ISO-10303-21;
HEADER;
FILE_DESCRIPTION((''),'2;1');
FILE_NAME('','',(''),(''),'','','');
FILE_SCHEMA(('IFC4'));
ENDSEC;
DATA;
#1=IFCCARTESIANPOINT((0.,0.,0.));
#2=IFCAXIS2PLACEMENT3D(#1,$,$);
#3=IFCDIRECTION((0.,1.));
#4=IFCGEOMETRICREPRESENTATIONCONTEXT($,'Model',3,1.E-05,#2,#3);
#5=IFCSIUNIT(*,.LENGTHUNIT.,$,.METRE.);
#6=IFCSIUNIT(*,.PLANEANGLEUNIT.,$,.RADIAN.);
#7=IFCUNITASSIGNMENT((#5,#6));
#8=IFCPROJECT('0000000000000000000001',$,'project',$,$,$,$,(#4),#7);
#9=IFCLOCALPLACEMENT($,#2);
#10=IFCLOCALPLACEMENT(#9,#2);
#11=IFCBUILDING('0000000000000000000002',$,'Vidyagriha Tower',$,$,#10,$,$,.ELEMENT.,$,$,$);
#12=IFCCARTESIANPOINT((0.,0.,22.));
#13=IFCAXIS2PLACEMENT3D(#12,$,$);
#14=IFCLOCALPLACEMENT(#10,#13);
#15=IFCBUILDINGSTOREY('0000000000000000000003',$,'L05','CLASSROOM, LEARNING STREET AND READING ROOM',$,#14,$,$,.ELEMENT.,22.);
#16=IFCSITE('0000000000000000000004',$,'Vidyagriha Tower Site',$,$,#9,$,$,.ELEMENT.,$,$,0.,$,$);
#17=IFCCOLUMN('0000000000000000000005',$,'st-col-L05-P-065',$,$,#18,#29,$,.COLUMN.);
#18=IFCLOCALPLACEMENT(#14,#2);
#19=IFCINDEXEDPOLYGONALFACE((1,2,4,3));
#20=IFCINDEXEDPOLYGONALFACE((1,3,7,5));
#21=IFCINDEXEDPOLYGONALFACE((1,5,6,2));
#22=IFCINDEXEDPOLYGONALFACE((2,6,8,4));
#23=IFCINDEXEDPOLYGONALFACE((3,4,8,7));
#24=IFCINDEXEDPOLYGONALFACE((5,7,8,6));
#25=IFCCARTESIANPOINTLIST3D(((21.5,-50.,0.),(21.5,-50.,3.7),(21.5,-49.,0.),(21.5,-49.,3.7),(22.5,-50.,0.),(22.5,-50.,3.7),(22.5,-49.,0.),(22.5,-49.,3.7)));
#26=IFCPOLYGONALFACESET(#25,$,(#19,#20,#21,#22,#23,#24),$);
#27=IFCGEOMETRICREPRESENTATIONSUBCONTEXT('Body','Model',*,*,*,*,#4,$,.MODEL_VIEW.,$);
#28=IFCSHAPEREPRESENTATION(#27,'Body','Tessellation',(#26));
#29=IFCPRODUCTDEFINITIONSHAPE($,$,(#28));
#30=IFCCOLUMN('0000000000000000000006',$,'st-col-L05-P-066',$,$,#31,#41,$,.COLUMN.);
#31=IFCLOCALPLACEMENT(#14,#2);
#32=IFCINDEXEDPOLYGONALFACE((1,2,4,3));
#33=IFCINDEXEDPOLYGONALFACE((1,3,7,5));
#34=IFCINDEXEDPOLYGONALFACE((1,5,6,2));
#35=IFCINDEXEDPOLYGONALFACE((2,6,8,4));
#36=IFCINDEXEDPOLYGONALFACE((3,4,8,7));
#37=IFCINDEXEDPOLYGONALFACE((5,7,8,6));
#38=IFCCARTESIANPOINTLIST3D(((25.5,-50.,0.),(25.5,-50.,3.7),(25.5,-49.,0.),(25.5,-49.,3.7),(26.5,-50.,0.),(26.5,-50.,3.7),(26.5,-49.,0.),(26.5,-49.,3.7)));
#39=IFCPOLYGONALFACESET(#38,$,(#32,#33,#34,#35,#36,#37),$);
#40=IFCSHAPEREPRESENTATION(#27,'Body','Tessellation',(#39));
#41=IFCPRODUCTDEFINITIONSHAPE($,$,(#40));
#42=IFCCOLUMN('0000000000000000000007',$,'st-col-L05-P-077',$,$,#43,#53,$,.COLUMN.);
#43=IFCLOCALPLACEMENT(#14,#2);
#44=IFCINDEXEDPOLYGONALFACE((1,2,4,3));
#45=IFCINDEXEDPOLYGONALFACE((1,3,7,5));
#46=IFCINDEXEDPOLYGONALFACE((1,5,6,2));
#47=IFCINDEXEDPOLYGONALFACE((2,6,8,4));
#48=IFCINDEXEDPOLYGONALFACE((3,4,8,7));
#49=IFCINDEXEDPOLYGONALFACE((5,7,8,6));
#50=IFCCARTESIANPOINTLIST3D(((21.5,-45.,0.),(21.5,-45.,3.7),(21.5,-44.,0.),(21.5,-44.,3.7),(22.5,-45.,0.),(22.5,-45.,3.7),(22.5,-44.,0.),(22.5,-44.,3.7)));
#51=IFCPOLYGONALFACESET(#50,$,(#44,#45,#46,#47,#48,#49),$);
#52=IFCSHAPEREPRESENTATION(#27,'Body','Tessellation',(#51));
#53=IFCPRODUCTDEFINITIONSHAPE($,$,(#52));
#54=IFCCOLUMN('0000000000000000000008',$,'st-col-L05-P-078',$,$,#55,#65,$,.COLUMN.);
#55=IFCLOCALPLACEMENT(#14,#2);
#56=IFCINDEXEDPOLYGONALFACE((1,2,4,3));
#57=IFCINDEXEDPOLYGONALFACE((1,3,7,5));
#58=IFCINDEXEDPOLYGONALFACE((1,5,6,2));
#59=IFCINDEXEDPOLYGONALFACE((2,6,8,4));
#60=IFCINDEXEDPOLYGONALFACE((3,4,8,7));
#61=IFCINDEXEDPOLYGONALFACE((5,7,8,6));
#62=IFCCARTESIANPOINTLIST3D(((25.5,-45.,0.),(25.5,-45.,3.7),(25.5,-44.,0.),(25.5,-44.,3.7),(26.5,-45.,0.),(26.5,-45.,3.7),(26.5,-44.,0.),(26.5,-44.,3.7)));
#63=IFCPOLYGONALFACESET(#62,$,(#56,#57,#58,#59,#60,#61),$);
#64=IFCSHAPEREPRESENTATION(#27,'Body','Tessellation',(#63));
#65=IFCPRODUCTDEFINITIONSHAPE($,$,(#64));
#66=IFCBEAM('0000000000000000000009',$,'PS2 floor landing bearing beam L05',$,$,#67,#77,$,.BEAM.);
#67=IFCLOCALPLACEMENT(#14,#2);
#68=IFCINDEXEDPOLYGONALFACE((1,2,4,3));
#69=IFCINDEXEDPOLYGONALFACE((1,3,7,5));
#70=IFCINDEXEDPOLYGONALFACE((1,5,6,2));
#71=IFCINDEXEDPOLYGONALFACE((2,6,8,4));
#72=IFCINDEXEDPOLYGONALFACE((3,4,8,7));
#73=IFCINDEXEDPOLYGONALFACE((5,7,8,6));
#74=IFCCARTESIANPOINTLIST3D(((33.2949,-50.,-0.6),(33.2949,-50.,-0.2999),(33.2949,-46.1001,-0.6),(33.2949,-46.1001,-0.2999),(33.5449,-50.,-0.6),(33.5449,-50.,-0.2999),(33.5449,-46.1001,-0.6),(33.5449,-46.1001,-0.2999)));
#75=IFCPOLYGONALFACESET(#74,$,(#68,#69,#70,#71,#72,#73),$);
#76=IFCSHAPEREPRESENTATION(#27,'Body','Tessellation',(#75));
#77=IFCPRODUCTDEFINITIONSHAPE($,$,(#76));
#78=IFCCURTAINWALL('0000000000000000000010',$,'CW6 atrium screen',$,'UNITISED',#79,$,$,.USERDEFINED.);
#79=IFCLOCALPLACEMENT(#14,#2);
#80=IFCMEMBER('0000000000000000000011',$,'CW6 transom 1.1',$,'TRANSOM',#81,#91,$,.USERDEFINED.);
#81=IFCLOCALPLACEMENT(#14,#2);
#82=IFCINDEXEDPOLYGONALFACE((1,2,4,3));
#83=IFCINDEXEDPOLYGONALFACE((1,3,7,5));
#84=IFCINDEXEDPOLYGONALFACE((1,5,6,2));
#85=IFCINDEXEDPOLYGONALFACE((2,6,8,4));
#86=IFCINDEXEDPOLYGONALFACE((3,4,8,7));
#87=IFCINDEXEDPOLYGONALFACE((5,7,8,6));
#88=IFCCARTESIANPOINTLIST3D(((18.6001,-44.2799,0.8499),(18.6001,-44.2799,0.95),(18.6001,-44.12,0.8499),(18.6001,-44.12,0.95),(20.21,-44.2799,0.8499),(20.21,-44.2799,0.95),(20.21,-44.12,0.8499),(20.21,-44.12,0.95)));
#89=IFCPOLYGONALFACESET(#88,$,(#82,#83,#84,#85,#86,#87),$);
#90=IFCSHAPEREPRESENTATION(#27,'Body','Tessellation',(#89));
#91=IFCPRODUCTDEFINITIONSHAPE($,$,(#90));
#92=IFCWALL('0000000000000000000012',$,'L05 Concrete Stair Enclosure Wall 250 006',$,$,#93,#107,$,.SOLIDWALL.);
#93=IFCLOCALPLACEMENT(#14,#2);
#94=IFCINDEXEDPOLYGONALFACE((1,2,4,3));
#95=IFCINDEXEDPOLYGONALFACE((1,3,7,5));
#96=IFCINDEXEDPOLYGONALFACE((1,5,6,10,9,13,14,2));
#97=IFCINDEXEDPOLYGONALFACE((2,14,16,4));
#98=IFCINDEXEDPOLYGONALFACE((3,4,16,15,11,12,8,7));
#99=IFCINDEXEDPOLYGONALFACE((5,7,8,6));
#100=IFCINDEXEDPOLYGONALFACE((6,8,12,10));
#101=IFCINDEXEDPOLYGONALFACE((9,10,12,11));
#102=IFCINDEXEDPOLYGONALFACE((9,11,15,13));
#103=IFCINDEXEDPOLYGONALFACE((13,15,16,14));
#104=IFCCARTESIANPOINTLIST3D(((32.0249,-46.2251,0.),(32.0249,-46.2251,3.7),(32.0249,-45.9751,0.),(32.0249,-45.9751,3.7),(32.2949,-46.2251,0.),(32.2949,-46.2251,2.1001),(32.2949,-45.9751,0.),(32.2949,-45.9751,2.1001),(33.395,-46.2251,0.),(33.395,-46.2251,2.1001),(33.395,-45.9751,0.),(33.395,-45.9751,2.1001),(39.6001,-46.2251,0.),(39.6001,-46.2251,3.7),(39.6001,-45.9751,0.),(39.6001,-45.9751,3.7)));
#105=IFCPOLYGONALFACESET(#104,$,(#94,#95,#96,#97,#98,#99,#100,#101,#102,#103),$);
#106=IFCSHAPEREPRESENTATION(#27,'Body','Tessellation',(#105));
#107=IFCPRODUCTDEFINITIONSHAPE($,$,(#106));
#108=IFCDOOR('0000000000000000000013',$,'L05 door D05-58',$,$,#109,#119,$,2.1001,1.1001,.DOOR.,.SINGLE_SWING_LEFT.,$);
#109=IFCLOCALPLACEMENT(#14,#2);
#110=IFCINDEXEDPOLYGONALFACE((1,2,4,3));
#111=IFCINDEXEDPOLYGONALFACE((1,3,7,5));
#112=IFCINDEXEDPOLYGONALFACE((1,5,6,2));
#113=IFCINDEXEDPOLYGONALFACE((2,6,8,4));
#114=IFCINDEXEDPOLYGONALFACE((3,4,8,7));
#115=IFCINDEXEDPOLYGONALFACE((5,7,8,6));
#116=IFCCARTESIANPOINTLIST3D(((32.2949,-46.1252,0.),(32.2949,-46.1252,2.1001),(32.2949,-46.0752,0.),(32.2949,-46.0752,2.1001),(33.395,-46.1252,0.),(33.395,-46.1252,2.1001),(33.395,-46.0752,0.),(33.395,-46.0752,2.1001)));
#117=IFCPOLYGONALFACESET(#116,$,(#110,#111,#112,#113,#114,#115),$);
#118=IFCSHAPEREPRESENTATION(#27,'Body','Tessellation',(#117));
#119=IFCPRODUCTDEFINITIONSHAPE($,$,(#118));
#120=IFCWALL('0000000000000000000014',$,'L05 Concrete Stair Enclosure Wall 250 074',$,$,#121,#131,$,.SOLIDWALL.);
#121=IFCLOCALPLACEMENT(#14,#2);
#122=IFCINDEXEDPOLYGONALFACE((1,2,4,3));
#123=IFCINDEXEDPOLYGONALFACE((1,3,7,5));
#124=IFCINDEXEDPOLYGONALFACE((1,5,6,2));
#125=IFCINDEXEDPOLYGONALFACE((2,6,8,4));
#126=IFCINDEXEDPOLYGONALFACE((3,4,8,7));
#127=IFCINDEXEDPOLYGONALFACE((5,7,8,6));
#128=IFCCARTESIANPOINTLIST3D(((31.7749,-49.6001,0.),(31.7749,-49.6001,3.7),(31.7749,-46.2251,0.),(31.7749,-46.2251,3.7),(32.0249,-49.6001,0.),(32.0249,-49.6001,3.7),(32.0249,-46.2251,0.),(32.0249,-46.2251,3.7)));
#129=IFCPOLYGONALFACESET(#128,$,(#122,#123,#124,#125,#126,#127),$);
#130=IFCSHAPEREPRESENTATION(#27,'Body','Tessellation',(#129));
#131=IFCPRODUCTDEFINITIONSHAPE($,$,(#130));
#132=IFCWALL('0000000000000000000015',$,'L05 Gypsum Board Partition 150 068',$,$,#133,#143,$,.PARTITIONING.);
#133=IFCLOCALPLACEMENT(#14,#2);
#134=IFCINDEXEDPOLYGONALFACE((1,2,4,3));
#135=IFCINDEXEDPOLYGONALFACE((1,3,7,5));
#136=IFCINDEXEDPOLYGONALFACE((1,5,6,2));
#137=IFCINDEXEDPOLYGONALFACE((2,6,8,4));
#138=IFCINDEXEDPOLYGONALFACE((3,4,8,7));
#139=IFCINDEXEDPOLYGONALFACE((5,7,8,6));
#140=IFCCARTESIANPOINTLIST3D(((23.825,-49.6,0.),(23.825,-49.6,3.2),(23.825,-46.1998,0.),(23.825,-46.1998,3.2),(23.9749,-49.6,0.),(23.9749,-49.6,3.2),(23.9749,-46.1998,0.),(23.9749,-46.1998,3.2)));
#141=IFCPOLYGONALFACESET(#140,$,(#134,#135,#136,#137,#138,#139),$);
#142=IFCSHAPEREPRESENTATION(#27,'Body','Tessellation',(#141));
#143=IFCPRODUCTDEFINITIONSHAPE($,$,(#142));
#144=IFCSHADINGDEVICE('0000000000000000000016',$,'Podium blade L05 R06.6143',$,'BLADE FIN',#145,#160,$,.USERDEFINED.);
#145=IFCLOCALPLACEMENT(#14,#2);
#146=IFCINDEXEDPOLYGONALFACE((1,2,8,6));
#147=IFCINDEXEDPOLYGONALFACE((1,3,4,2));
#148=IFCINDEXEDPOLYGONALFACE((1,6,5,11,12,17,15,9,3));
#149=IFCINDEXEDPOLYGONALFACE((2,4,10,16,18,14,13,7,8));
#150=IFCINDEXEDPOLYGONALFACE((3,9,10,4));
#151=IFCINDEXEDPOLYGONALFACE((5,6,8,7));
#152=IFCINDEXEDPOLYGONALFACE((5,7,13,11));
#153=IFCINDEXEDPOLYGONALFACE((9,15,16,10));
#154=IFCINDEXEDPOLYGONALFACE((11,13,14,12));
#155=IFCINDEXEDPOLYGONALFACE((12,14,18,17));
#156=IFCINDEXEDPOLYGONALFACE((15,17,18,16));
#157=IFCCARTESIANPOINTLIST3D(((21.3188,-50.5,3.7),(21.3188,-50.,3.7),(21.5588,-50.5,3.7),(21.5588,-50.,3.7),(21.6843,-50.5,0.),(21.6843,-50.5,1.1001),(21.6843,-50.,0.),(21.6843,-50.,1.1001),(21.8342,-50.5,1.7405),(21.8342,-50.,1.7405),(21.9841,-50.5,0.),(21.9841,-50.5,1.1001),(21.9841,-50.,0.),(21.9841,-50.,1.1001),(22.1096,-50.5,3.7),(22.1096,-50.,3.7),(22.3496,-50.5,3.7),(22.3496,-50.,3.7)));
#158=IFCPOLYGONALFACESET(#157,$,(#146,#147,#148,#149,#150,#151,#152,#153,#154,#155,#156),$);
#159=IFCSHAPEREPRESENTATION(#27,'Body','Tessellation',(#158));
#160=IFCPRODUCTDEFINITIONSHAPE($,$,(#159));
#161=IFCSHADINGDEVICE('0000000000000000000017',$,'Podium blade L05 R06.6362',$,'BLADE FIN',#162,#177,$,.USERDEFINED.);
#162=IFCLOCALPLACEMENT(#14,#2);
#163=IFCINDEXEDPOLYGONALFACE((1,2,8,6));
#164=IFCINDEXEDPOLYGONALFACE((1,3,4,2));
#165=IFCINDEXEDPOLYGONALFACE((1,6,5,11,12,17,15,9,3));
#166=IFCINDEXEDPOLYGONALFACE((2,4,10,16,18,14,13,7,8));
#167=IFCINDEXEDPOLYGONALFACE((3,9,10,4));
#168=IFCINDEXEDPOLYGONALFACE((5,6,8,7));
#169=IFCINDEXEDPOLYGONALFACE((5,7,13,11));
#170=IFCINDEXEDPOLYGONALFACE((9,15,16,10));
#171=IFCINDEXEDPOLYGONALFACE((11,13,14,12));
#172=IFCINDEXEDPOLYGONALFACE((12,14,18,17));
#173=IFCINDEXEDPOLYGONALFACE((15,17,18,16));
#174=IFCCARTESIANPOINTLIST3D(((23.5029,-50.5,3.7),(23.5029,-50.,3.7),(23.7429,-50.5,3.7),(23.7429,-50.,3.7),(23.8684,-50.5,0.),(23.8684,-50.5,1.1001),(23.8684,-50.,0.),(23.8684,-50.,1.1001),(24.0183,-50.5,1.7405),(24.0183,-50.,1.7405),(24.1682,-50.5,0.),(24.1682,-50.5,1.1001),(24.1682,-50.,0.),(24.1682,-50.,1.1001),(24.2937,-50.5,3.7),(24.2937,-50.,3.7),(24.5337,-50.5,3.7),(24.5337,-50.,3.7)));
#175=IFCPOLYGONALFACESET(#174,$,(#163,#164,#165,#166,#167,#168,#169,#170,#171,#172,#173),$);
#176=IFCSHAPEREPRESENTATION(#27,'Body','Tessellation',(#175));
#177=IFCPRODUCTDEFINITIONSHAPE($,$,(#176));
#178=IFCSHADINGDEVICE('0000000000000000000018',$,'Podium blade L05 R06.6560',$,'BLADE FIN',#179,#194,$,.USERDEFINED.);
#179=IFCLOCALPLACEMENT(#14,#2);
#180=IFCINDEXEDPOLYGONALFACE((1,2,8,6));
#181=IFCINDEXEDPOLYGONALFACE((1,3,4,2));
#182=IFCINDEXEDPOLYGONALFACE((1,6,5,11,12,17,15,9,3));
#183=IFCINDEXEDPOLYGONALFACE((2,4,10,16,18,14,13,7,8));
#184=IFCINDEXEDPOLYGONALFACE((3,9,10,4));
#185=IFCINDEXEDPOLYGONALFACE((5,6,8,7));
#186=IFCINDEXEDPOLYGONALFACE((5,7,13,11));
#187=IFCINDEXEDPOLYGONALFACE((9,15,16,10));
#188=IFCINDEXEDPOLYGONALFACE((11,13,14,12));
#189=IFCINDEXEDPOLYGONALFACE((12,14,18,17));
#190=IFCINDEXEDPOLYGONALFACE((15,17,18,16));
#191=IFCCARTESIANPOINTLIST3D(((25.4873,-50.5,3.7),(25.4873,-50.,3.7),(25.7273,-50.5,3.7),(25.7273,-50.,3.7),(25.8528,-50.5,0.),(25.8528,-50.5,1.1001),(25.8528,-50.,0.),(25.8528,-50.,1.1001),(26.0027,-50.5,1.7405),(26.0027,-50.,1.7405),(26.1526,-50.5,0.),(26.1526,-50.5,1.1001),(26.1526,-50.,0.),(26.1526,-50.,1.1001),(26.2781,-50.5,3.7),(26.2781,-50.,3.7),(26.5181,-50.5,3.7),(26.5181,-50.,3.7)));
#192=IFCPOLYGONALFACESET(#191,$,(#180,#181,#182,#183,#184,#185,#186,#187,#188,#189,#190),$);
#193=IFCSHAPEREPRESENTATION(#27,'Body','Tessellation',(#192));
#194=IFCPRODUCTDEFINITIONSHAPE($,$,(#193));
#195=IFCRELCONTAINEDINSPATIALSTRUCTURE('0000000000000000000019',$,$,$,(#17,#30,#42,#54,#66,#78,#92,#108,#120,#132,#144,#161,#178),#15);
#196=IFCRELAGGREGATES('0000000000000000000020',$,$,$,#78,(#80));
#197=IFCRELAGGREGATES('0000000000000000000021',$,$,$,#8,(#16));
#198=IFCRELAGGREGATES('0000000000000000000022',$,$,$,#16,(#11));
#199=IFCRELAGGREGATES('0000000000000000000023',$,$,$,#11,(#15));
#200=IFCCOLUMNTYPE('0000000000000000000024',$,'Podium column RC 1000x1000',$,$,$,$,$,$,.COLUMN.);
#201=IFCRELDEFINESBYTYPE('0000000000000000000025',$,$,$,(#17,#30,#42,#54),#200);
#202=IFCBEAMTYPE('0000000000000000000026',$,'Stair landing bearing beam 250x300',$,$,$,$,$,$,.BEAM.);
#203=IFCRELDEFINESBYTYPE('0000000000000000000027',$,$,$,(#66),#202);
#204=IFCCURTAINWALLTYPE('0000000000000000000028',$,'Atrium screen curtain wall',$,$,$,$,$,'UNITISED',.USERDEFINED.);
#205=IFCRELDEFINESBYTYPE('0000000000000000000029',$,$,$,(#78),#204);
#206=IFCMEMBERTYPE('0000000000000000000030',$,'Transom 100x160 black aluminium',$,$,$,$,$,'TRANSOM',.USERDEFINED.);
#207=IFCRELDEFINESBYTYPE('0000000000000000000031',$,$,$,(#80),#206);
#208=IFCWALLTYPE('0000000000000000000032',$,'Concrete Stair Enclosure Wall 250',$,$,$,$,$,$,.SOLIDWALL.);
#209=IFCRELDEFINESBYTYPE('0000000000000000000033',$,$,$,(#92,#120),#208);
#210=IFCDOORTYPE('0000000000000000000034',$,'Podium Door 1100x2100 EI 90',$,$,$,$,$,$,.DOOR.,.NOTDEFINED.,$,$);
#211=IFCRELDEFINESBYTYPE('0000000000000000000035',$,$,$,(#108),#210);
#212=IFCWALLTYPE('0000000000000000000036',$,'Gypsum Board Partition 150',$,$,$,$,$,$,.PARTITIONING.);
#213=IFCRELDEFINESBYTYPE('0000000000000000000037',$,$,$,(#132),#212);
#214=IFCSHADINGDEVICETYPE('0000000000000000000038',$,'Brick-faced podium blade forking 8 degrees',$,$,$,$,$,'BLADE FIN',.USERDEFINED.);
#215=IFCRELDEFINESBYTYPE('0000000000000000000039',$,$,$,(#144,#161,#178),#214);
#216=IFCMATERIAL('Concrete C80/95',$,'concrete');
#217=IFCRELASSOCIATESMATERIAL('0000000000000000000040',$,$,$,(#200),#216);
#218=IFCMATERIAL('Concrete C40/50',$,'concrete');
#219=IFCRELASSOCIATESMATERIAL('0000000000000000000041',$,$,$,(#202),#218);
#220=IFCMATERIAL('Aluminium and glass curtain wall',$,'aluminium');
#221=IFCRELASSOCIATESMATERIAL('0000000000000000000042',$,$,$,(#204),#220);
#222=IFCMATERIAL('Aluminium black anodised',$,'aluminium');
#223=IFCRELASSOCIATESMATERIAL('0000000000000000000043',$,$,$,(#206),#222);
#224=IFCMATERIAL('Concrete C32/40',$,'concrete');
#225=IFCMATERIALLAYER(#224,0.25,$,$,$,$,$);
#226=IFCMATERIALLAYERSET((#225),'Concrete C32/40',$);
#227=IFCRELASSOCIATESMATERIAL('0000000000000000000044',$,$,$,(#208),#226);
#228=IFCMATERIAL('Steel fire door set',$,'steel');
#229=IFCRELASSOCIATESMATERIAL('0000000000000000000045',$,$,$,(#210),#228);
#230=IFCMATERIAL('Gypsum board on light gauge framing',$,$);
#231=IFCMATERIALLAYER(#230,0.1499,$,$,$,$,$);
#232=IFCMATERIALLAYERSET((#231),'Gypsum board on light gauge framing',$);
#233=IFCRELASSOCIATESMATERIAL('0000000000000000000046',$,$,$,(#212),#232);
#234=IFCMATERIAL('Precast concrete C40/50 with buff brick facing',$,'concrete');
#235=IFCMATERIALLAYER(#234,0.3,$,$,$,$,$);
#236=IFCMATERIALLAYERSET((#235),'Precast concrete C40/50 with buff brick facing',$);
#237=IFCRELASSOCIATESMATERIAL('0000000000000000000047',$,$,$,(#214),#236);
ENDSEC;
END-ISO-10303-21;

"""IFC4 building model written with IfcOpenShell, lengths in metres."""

from ifc_helpers import new_model, si_unit, direction, frame, frame_2d, origin, origin_2d, place, context, subcontext, project, spatial, polyline, rectangle, outline, extrude, material, layer, layer_set, material_profile, profile_set, type_object, element, fill, aggregate, save


model = new_model("IFC4")

# Units and contexts
model_context = context("Model", 3, precision=1e-05, world=origin(), true_north=direction((0.0, 1.0)))
body_context = subcontext(model_context, "Body", "Model", "MODEL_VIEW")
ifc_project = project(units=[si_unit("LENGTHUNIT", "METRE"), si_unit("PLANEANGLEUNIT", "RADIAN")], contexts=[model_context])

# Site, building, storey
site_placement = place(None, origin())
site = spatial("IfcSite", under=ifc_project, at=site_placement, Name="Vidyagriha Tower Site", CompositionType="ELEMENT", RefElevation=0.0)
building_placement = place(site_placement, origin())
building = spatial("IfcBuilding", under=site, at=building_placement, Name="Vidyagriha Tower", CompositionType="ELEMENT")
storey_placement = place(building_placement, frame((0.0, 0.0, 22.0)))
storey = spatial("IfcBuildingStorey", under=building, at=storey_placement, Name="L05", Description="CLASSROOM, LEARNING STREET AND READING ROOM", CompositionType="ELEMENT", Elevation=22.0)

# Columns
ifc_material_1 = material(Name="Concrete C80/95", Category="concrete")
ifc_material_profile_1 = material_profile(ifc_material_1, rectangle(XDim=1.0, YDim=1.0, at=origin_2d()), Name="RC 1000x1000")
ifc_profile_set_1 = profile_set([ifc_material_profile_1], Name="Concrete C80/95")
column_type = type_object("IfcColumnType", Name="Podium column RC 1000x1000", PredefinedType="COLUMN", material=ifc_profile_set_1)
for number, where, name in (
    (1, (22.0, -49.5, 0.0), "st-col-L05-P-065"),
    (2, (26.0, -49.5, 0.0), "st-col-L05-P-066"),
    (3, (22.0, -44.5, 0.0), "st-col-L05-P-077"),
    (4, (26.0, -44.5, 0.0), "st-col-L05-P-078"),
):
    element("IfcColumn", number, at=place(storey_placement, frame(where)), inside=storey, type_object=column_type, Name=name, PredefinedType="COLUMN", context=body_context, shape_type="SweptSolid", body=[
        extrude(rectangle(XDim=1.0, YDim=1.0, at=origin_2d()), origin(), (0.0, 0.0, 1.0), 3.7),
    ])

# Beam
ifc_material_2 = material(Name="Concrete C40/50", Category="concrete")
ifc_material_profile_2 = material_profile(ifc_material_2, rectangle(XDim=0.25, YDim=0.3, at=origin_2d()), Name="Stair landing bearing beam 250x300")
ifc_profile_set_2 = profile_set([ifc_material_profile_2], Name="Concrete C40/50")
beam_type = type_object("IfcBeamType", Name="Stair landing bearing beam 250x300", PredefinedType="BEAM", material=ifc_profile_set_2)
beam_placement = place(storey_placement, frame((33.4199, -50.0, -0.45), z_axis=(0.0, 1.0, 0.0), x_axis=(-1.0, 0.0, 0.0)))
element("IfcBeam", 5, at=beam_placement, inside=storey, type_object=beam_type, Name="PS2 floor landing bearing beam L05", PredefinedType="BEAM", context=body_context, shape_type="SweptSolid", body=[
    extrude(rectangle(XDim=0.25, YDim=0.3, at=origin_2d()), origin(), (0.0, 0.0, 1.0), 3.8999),
])

# Curtain wall, member
ifc_material_3 = material(Name="Aluminium and glass curtain wall", Category="aluminium")
curtain_wall_type = type_object("IfcCurtainWallType", Name="Atrium screen curtain wall", ElementType="UNITISED", PredefinedType="USERDEFINED", material=ifc_material_3)
curtain_wall_placement = place(storey_placement, origin())
curtain_wall = element("IfcCurtainWall", 6, at=curtain_wall_placement, inside=storey, type_object=curtain_wall_type, Name="CW6 atrium screen", ObjectType="UNITISED", PredefinedType="USERDEFINED")
ifc_material_4 = material(Name="Aluminium black anodised", Category="aluminium")
ifc_material_profile_3 = material_profile(ifc_material_4, rectangle(XDim=0.1599, YDim=0.1001, at=origin_2d()), Name="Transom 100x160 black aluminium")
ifc_profile_set_3 = profile_set([ifc_material_profile_3], Name="Aluminium black anodised")
member_type = type_object("IfcMemberType", Name="Transom 100x160 black aluminium", ElementType="TRANSOM", PredefinedType="USERDEFINED", material=ifc_profile_set_3)
member_placement = place(storey_placement, frame((20.21, -44.2, 0.8999), z_axis=(-1.0, 0.0, 0.0), x_axis=(0.0, -1.0, 0.0)))
member = element("IfcMember", 7, at=member_placement, type_object=member_type, Name="CW6 transom 1.1", ObjectType="TRANSOM", PredefinedType="USERDEFINED", context=body_context, shape_type="SweptSolid", body=[
    extrude(rectangle(XDim=0.1599, YDim=0.1001, at=origin_2d()), origin(), (0.0, 0.0, 1.0), 1.6099),
])
aggregate(curtain_wall, [member])

# Wall, opening, door
ifc_material_5 = material(Name="Concrete C32/40", Category="concrete")
ifc_layer_1 = layer(ifc_material_5, 0.25)
ifc_layer_set_1 = layer_set([ifc_layer_1], Name="Concrete C32/40")
wall_type_1 = type_object("IfcWallType", Name="Concrete Stair Enclosure Wall 250", PredefinedType="SOLIDWALL", material=ifc_layer_set_1)
wall_1_placement = place(storey_placement, frame((32.0249, -46.1001, 0.0)))
wall_1 = element("IfcWall", 8, at=wall_1_placement, inside=storey, type_object=wall_type_1, Name="L05 Concrete Stair Enclosure Wall 250 006", PredefinedType="SOLIDWALL", context=body_context, shape_type="SweptSolid", body=[
    extrude(rectangle(XDim=7.5752, YDim=0.25, at=frame_2d((3.7876, 0.0))), origin(), (0.0, 0.0, 1.0), 3.7),
])
opening_placement = place(wall_1_placement, frame((0.27, 0.0, 0.0)))
opening = element("IfcOpeningElement", 9, at=opening_placement, cuts=wall_1, PredefinedType="OPENING", context=body_context, shape_type="SweptSolid", body=[
    extrude(rectangle(XDim=1.1001, YDim=2.1001, at=frame_2d((0.55, 1.05))), frame((0.0, 0.135, 0.0), z_axis=(0.0, -1.0, 0.0), x_axis=(1.0, 0.0, 0.0)), (0.0, 0.0, 1.0), 0.27),
])
ifc_material_6 = material(Name="Steel fire door set", Category="steel")
door_type = type_object("IfcDoorType", Name="Podium Door 1100x2100 EI 90", OperationType="NOTDEFINED", PredefinedType="DOOR", material=ifc_material_6)
door_placement = place(opening_placement, origin())
door = element("IfcDoor", 10, at=door_placement, inside=storey, type_object=door_type, Name="L05 door D05-58", OperationType="SINGLE_SWING_LEFT", OverallHeight=2.1001, OverallWidth=1.1001, PredefinedType="DOOR", context=body_context, shape_type="SweptSolid", body=[
    extrude(rectangle(XDim=1.1001, YDim=2.1001, at=frame_2d((0.55, 1.05))), frame((0.0, 0.0249, 0.0), z_axis=(0.0, -1.0, 0.0), x_axis=(1.0, 0.0, 0.0)), (0.0, 0.0, 1.0), 0.05),
])
fill(opening, door)

# Walls
wall_2_placement = place(storey_placement, frame((31.8999, -49.6001, 0.0), z_axis=(0.0, 0.0, 1.0), x_axis=(0.0, 1.0, 0.0)))
element("IfcWall", 11, at=wall_2_placement, inside=storey, type_object=wall_type_1, Name="L05 Concrete Stair Enclosure Wall 250 074", PredefinedType="SOLIDWALL", context=body_context, shape_type="SweptSolid", body=[
    extrude(rectangle(XDim=3.375, YDim=0.25, at=frame_2d((1.6875, 0.0))), origin(), (0.0, 0.0, 1.0), 3.7),
])
ifc_material_7 = material(Name="Gypsum board on light gauge framing")
ifc_layer_2 = layer(ifc_material_7, 0.1499)
ifc_layer_set_2 = layer_set([ifc_layer_2], Name="Gypsum board on light gauge framing")
wall_type_2 = type_object("IfcWallType", Name="Gypsum Board Partition 150", PredefinedType="PARTITIONING", material=ifc_layer_set_2)
wall_3_placement = place(storey_placement, frame((23.8999, -49.6001, 0.0), z_axis=(0.0, 0.0, 1.0), x_axis=(0.0, 1.0, 0.0)))
element("IfcWall", 12, at=wall_3_placement, inside=storey, type_object=wall_type_2, Name="L05 Gypsum Board Partition 150 068", PredefinedType="PARTITIONING", context=body_context, shape_type="SweptSolid", body=[
    extrude(rectangle(XDim=3.4001, YDim=0.1499, at=frame_2d((1.7002, 0.0))), origin(), (0.0, 0.0, 1.0), 3.2),
])

# Shading devices
ifc_material_8 = material(Name="Precast concrete C40/50 with buff brick facing", Category="concrete")
ifc_layer_3 = layer(ifc_material_8, 0.3)
ifc_layer_set_3 = layer_set([ifc_layer_3], Name="Precast concrete C40/50 with buff brick facing")
shading_device_type_1 = type_object("IfcShadingDeviceType", Name="Brick-faced podium blade forking 8 degrees", ElementType="BLADE FIN", PredefinedType="USERDEFINED", material=ifc_layer_set_3)
for number, where, name in (
    (13, (21.3188, -50.25, 0.0), "Podium blade L05 R06.6143"),
    (14, (23.5029, -50.25, 0.0), "Podium blade L05 R06.6362"),
    (15, (25.4873, -50.25, 0.0), "Podium blade L05 R06.6560"),
):
    element("IfcShadingDevice", number, at=place(storey_placement, frame(where)), inside=storey, type_object=shading_device_type_1, Name=name, ObjectType="BLADE FIN", PredefinedType="USERDEFINED", context=body_context, shape_type="SweptSolid", body=[
        extrude(outline(polyline([(0.6653, 0.0), (0.6653, 1.1001), (1.0308, 3.7), (0.7908, 3.7), (0.5154, 1.7405), (0.24, 3.7), (0.0, 3.7), (0.3655, 1.1001), (0.3655, 0.0), (0.6653, 0.0)])), frame((0.0, 0.25, 0.0), z_axis=(0.0, -1.0, 0.0), x_axis=(1.0, 0.0, 0.0)), (0.0, 0.0, 1.0), 0.5),
    ])

save(model, "model.ifc")
